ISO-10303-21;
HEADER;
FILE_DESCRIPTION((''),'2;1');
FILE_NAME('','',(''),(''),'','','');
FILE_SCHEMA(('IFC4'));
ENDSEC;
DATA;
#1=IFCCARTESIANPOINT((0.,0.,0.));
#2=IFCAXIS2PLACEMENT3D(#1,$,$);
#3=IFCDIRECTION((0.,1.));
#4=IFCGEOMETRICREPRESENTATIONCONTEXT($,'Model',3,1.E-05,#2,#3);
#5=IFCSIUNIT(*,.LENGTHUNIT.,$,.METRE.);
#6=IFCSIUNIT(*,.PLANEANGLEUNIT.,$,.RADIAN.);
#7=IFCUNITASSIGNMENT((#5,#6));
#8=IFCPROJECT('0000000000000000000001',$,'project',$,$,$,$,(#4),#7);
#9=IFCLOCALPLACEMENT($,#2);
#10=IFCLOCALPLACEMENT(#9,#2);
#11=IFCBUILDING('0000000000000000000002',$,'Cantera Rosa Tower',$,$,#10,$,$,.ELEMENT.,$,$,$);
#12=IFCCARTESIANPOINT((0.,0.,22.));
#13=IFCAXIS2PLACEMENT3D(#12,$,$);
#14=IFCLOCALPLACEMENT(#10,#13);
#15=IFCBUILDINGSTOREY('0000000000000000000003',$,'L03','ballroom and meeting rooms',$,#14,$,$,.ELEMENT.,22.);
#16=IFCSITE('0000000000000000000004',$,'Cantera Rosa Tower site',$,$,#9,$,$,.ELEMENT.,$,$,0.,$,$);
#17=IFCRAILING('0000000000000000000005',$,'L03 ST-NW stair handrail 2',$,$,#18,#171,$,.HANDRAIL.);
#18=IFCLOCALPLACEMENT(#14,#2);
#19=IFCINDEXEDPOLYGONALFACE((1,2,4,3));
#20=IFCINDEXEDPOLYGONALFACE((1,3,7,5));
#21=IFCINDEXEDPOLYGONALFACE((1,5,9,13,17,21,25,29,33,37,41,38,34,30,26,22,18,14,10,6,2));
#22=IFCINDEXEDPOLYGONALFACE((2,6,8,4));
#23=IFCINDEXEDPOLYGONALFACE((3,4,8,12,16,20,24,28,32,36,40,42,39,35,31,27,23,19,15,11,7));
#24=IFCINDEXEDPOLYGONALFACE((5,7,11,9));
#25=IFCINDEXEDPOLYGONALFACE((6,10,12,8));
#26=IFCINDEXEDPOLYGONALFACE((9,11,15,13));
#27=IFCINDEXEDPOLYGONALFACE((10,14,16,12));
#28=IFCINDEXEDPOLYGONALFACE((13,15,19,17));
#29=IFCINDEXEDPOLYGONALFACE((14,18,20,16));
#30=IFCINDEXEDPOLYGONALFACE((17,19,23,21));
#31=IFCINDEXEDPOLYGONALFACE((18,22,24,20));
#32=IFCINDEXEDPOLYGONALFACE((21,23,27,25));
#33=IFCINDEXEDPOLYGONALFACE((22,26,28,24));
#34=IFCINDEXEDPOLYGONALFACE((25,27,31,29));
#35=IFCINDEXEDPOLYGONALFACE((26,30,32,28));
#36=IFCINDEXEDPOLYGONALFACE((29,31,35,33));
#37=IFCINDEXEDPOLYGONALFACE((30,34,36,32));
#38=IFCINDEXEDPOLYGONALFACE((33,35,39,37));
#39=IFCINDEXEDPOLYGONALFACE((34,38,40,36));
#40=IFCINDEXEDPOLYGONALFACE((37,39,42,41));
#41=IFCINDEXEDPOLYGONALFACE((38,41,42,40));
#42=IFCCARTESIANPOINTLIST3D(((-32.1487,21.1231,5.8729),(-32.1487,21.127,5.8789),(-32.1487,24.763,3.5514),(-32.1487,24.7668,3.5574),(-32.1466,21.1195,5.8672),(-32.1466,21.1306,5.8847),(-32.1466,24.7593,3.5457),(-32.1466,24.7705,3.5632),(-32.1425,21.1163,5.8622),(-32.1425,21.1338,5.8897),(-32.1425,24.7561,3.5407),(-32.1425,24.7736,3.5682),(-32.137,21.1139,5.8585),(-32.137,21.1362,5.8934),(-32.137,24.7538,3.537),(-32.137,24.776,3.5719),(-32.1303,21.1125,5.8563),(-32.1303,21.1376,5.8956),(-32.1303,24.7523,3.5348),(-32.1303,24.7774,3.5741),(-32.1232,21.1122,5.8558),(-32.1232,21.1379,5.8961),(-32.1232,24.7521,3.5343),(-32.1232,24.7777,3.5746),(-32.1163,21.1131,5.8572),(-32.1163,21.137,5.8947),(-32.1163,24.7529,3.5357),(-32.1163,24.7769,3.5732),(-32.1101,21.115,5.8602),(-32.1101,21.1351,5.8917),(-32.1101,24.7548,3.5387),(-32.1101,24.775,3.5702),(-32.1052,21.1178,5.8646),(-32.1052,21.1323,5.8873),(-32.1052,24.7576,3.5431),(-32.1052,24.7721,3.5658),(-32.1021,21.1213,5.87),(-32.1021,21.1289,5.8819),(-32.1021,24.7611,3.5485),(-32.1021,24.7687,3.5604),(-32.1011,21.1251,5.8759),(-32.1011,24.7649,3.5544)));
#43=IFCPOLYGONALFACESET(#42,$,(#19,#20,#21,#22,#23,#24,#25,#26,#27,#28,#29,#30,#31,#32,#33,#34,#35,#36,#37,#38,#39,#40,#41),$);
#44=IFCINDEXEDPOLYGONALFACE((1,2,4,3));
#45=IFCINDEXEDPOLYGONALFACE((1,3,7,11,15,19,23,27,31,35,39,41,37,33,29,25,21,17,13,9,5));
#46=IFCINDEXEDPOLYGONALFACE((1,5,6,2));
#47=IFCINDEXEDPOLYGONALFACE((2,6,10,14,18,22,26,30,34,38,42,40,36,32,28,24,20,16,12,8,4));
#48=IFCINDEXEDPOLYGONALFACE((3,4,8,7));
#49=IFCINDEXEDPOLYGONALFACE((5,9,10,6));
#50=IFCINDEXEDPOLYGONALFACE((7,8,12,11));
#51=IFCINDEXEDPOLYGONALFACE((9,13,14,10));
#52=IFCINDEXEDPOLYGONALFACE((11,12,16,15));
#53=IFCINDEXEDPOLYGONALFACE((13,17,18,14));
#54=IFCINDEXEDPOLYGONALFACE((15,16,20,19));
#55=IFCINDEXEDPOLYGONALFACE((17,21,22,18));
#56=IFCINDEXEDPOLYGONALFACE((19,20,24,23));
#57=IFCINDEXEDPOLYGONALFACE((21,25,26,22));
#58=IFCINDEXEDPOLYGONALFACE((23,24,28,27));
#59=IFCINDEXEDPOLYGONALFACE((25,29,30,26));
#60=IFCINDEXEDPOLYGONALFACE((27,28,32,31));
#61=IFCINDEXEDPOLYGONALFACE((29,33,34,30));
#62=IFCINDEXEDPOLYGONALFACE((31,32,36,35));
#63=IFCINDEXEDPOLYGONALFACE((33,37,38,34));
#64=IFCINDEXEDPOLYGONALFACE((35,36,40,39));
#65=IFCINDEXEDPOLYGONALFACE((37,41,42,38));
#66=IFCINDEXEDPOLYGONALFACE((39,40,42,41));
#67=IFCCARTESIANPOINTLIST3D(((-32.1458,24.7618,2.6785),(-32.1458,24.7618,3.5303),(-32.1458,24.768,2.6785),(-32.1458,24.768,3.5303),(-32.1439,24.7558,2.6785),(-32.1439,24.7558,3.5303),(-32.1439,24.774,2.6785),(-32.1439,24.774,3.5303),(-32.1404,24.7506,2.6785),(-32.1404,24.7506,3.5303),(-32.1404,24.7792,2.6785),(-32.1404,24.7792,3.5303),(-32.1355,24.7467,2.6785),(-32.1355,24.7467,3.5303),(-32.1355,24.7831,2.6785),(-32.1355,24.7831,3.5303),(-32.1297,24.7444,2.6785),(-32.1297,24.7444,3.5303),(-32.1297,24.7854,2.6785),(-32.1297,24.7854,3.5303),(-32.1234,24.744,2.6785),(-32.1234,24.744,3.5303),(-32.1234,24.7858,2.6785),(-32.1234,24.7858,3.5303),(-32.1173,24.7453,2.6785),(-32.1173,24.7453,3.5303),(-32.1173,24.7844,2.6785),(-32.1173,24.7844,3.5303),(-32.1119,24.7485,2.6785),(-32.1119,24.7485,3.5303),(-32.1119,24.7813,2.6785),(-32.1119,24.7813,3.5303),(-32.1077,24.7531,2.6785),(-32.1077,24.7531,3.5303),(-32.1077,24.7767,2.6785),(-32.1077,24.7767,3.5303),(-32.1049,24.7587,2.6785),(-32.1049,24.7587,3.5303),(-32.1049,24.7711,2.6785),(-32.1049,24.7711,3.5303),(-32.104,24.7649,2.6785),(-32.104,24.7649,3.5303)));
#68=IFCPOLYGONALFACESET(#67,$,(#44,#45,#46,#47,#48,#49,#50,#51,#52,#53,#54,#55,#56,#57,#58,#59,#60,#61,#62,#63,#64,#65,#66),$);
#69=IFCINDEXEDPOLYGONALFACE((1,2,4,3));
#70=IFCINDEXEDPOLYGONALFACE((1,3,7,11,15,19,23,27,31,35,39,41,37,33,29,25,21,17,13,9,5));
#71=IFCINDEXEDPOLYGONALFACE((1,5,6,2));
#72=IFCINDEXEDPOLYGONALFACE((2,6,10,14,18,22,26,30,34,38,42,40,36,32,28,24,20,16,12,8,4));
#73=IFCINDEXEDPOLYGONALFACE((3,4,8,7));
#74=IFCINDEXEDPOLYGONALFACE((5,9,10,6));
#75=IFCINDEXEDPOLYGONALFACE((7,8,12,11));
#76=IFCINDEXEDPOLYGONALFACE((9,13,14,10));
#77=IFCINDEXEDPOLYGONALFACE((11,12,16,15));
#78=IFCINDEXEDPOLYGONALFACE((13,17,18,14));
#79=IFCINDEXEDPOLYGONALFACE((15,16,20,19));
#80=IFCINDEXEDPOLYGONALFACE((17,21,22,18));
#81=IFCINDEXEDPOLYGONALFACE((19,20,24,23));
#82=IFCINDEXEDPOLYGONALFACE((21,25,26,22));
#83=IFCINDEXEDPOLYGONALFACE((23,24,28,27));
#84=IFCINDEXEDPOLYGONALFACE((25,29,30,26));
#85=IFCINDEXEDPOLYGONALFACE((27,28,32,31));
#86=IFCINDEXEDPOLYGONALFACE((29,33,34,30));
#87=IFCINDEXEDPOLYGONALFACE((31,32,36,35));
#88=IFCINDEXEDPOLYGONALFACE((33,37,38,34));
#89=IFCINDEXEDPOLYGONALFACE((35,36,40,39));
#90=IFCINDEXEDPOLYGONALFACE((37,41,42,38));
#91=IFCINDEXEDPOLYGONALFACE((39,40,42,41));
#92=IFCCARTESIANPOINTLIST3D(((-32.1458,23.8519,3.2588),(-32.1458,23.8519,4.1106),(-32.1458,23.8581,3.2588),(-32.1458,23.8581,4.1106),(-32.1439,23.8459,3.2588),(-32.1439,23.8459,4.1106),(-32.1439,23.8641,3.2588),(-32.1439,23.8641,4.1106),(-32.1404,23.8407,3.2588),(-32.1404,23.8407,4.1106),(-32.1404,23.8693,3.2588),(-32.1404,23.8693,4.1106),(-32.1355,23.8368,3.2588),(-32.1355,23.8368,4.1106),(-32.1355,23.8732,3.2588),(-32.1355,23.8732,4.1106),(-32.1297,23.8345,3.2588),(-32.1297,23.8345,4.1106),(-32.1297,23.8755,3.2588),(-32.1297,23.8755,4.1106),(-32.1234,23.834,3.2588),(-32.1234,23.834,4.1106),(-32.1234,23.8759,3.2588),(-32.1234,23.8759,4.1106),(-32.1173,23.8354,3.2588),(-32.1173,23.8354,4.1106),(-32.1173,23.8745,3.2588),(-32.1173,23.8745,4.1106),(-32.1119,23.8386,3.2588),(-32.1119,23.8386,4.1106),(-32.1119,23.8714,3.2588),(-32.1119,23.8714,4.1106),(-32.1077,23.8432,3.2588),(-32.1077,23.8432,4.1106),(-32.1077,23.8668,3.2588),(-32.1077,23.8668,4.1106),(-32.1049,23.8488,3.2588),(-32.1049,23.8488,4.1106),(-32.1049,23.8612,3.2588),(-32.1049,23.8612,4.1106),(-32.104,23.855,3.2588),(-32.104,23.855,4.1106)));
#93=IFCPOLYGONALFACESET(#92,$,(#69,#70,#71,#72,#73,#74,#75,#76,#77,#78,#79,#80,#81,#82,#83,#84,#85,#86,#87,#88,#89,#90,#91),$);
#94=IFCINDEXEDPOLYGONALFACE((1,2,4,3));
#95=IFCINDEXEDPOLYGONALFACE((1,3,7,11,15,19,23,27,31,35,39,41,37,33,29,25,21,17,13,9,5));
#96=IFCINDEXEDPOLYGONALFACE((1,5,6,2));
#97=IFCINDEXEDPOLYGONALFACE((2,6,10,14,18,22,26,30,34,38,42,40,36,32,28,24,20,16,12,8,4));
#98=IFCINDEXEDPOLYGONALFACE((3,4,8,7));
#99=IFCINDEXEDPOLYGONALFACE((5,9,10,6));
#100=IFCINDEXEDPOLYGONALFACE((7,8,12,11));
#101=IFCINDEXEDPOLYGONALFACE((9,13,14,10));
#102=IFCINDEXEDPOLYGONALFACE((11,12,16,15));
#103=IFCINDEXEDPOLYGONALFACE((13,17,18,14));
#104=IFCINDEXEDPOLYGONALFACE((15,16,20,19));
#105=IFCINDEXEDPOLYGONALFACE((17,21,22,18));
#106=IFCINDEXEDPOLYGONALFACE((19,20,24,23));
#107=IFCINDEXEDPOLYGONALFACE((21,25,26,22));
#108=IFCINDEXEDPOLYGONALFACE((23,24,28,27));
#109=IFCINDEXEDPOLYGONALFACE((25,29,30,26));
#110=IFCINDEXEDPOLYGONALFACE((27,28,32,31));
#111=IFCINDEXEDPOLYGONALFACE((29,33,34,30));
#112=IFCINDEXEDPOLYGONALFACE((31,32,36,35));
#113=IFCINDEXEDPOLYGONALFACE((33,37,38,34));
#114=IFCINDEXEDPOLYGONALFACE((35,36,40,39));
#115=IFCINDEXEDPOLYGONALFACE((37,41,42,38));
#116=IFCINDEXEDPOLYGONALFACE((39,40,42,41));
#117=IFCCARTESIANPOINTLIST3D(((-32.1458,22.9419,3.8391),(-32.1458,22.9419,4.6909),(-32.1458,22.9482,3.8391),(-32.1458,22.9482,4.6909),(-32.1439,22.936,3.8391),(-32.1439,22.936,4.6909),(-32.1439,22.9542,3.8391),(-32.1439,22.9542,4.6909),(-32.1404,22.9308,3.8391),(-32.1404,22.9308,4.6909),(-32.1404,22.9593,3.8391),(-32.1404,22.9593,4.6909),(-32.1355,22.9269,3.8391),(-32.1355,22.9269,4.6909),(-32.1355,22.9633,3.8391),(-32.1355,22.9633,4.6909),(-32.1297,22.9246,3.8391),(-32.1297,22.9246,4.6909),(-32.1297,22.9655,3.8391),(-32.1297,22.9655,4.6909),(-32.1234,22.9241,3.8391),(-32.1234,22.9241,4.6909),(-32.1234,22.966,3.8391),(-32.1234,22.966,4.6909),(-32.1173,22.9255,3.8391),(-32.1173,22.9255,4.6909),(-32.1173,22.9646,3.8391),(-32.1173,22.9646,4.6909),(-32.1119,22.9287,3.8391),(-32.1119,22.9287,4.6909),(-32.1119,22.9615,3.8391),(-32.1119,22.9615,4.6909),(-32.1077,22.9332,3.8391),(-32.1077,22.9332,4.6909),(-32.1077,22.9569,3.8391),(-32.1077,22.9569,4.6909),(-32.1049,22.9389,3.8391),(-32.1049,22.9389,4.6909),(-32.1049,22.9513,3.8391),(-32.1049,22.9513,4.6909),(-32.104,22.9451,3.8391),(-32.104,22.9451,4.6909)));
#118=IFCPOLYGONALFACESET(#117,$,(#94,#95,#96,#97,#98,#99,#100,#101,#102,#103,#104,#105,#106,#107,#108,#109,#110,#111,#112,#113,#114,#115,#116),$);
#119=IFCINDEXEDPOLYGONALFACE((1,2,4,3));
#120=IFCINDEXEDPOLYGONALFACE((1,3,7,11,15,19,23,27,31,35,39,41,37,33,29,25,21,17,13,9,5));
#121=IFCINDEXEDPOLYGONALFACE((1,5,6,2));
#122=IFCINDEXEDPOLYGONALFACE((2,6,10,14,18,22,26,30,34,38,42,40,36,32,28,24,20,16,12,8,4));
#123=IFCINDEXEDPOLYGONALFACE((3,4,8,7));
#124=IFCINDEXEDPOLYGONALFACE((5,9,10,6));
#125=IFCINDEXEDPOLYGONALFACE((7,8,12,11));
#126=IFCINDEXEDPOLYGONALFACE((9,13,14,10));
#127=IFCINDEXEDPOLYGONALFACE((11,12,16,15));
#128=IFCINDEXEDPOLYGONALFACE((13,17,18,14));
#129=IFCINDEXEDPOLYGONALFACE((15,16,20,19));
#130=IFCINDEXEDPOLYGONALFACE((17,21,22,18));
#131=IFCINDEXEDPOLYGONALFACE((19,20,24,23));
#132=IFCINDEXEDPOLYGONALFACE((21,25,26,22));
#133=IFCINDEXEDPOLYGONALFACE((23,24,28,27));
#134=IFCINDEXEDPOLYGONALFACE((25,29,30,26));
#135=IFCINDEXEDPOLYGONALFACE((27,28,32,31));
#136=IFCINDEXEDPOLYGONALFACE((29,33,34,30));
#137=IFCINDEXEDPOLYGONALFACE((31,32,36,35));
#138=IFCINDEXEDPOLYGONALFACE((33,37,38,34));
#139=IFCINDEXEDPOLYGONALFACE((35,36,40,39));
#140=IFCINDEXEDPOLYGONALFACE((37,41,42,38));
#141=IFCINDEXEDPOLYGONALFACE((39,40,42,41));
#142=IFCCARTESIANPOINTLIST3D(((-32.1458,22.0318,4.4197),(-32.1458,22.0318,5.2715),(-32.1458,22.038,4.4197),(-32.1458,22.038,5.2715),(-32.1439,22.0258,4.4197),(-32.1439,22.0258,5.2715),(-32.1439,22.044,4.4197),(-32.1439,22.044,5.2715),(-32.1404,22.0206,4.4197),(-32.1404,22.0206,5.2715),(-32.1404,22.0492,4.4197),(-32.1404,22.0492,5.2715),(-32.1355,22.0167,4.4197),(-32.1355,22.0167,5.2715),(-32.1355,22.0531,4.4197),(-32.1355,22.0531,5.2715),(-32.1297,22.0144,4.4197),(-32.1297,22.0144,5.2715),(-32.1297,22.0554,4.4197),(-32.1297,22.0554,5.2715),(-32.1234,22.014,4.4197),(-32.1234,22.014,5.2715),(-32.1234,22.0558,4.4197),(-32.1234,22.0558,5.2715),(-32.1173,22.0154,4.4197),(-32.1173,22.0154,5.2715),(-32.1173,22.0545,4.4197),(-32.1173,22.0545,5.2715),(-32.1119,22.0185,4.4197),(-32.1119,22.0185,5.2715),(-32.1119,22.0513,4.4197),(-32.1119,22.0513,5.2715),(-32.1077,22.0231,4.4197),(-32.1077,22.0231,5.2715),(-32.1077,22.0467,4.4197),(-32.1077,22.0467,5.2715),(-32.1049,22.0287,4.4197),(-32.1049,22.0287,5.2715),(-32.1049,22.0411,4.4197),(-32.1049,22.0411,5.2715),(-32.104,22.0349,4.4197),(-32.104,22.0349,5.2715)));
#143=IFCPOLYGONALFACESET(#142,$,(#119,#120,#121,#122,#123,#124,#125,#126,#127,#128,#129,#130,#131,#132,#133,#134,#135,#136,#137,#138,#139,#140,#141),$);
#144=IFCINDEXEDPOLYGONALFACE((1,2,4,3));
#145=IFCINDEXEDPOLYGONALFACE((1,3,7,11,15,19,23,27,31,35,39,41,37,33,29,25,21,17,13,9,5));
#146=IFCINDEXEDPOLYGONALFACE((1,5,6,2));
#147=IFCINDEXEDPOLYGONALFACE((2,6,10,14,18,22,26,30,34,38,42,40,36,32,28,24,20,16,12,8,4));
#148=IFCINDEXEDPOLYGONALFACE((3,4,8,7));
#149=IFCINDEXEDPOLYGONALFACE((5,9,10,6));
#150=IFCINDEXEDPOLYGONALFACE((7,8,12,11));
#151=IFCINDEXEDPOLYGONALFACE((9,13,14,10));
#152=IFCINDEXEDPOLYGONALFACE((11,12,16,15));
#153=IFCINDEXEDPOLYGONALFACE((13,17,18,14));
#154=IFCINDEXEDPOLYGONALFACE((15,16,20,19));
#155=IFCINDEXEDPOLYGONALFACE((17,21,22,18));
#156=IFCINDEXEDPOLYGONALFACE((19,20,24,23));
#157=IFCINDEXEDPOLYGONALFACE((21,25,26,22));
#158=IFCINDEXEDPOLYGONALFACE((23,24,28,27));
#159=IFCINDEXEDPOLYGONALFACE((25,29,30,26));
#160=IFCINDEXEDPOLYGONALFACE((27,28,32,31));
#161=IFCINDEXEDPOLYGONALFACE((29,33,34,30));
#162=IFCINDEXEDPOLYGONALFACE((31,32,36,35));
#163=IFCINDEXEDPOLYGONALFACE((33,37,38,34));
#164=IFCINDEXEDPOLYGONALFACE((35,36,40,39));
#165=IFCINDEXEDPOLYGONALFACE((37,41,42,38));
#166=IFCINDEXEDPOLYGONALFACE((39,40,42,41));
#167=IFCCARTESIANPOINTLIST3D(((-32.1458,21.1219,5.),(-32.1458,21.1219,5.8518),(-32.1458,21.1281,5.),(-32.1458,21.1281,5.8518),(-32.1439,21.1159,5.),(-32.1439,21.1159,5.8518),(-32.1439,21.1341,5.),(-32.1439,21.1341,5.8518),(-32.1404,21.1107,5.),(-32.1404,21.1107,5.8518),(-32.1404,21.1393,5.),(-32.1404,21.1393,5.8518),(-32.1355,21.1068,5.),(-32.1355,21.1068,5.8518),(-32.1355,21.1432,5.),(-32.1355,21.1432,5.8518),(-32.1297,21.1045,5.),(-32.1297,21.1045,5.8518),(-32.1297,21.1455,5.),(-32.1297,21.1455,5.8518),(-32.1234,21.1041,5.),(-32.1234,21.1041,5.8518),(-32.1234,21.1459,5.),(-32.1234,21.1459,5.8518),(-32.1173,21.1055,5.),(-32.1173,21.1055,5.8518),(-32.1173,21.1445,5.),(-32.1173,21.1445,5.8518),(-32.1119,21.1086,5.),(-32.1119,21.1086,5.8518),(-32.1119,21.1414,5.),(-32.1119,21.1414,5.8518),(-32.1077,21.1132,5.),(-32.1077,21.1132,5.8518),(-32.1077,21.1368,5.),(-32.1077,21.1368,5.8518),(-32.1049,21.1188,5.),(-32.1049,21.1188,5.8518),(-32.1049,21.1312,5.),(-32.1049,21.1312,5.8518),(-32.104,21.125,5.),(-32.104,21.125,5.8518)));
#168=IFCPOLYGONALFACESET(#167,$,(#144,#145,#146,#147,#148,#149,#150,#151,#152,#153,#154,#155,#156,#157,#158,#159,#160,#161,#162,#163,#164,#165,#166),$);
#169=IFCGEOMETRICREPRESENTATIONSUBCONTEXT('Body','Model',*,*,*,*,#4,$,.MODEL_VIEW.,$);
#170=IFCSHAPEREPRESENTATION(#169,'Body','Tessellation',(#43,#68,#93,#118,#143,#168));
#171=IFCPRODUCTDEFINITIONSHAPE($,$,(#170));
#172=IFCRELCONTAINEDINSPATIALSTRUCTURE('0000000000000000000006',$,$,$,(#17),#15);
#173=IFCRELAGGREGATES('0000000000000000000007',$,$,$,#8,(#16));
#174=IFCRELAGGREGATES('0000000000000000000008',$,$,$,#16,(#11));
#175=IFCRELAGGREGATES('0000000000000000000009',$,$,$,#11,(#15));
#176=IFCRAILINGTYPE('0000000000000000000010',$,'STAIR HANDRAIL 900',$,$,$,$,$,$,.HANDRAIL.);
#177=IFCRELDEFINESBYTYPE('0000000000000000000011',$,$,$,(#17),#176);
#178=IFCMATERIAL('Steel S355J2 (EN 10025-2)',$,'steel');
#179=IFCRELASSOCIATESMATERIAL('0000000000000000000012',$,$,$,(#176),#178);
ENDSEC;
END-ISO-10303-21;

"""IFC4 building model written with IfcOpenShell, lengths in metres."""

from ifc_helpers import new_model, si_unit, direction, frame, origin, origin_2d, place, context, subcontext, project, spatial, circle, extrude, material, type_object, element, save


model = new_model("IFC4")

# Units and contexts
model_context = context("Model", 3, precision=1e-05, world=origin(), true_north=direction((0.0, 1.0)))
body_context = subcontext(model_context, "Body", "Model", "MODEL_VIEW")
ifc_project = project(units=[si_unit("LENGTHUNIT", "METRE"), si_unit("PLANEANGLEUNIT", "RADIAN")], contexts=[model_context])

# Site, building, storey
site_placement = place(None, origin())
site = spatial("IfcSite", under=ifc_project, at=site_placement, Name="Cantera Rosa Tower site", CompositionType="ELEMENT", RefElevation=0.0)
building_placement = place(site_placement, origin())
building = spatial("IfcBuilding", under=site, at=building_placement, Name="Cantera Rosa Tower", CompositionType="ELEMENT")
storey_placement = place(building_placement, frame((0.0, 0.0, 22.0)))
storey = spatial("IfcBuildingStorey", under=building, at=storey_placement, Name="L03", Description="ballroom and meeting rooms", CompositionType="ELEMENT", Elevation=22.0)

# Railing
ifc_material_1 = material(Name="Steel S355J2 (EN 10025-2)", Category="steel")
railing_type_1 = type_object("IfcRailingType", Name="STAIR HANDRAIL 900", PredefinedType="HANDRAIL", material=ifc_material_1)
railing_1_placement = place(storey_placement, frame((-32.125, 24.7649, 2.6785)))
element("IfcRailing", 1, at=railing_1_placement, inside=storey, type_object=railing_type_1, Name="L03 ST-NW stair handrail 2", PredefinedType="HANDRAIL", context=body_context, shape_type="SweptSolid", body=[
    extrude(circle(Radius=0.0239, at=origin_2d()), frame((0.0, 0.0, 0.876), z_axis=(0.0, -0.843112, 0.537739), x_axis=(1.0, 0.0, 0.0)), (0.0, 0.0, 1.0), 4.3171),
    extrude(circle(Radius=0.021, at=origin_2d()), origin(), (0.0, 0.0, 1.0), 0.8518),
    extrude(circle(Radius=0.021, at=origin_2d()), frame((0.0, -0.9099, 0.5803)), (0.0, 0.0, 1.0), 0.8518),
    extrude(circle(Radius=0.021, at=origin_2d()), frame((0.0, -1.8198, 1.1606)), (0.0, 0.0, 1.0), 0.8518),
    extrude(circle(Radius=0.021, at=origin_2d()), frame((0.0, -2.73, 1.7412)), (0.0, 0.0, 1.0), 0.8518),
    extrude(circle(Radius=0.021, at=origin_2d()), frame((0.0, -3.6399, 2.3215)), (0.0, 0.0, 1.0), 0.8518),
])

save(model, "model.ifc")
